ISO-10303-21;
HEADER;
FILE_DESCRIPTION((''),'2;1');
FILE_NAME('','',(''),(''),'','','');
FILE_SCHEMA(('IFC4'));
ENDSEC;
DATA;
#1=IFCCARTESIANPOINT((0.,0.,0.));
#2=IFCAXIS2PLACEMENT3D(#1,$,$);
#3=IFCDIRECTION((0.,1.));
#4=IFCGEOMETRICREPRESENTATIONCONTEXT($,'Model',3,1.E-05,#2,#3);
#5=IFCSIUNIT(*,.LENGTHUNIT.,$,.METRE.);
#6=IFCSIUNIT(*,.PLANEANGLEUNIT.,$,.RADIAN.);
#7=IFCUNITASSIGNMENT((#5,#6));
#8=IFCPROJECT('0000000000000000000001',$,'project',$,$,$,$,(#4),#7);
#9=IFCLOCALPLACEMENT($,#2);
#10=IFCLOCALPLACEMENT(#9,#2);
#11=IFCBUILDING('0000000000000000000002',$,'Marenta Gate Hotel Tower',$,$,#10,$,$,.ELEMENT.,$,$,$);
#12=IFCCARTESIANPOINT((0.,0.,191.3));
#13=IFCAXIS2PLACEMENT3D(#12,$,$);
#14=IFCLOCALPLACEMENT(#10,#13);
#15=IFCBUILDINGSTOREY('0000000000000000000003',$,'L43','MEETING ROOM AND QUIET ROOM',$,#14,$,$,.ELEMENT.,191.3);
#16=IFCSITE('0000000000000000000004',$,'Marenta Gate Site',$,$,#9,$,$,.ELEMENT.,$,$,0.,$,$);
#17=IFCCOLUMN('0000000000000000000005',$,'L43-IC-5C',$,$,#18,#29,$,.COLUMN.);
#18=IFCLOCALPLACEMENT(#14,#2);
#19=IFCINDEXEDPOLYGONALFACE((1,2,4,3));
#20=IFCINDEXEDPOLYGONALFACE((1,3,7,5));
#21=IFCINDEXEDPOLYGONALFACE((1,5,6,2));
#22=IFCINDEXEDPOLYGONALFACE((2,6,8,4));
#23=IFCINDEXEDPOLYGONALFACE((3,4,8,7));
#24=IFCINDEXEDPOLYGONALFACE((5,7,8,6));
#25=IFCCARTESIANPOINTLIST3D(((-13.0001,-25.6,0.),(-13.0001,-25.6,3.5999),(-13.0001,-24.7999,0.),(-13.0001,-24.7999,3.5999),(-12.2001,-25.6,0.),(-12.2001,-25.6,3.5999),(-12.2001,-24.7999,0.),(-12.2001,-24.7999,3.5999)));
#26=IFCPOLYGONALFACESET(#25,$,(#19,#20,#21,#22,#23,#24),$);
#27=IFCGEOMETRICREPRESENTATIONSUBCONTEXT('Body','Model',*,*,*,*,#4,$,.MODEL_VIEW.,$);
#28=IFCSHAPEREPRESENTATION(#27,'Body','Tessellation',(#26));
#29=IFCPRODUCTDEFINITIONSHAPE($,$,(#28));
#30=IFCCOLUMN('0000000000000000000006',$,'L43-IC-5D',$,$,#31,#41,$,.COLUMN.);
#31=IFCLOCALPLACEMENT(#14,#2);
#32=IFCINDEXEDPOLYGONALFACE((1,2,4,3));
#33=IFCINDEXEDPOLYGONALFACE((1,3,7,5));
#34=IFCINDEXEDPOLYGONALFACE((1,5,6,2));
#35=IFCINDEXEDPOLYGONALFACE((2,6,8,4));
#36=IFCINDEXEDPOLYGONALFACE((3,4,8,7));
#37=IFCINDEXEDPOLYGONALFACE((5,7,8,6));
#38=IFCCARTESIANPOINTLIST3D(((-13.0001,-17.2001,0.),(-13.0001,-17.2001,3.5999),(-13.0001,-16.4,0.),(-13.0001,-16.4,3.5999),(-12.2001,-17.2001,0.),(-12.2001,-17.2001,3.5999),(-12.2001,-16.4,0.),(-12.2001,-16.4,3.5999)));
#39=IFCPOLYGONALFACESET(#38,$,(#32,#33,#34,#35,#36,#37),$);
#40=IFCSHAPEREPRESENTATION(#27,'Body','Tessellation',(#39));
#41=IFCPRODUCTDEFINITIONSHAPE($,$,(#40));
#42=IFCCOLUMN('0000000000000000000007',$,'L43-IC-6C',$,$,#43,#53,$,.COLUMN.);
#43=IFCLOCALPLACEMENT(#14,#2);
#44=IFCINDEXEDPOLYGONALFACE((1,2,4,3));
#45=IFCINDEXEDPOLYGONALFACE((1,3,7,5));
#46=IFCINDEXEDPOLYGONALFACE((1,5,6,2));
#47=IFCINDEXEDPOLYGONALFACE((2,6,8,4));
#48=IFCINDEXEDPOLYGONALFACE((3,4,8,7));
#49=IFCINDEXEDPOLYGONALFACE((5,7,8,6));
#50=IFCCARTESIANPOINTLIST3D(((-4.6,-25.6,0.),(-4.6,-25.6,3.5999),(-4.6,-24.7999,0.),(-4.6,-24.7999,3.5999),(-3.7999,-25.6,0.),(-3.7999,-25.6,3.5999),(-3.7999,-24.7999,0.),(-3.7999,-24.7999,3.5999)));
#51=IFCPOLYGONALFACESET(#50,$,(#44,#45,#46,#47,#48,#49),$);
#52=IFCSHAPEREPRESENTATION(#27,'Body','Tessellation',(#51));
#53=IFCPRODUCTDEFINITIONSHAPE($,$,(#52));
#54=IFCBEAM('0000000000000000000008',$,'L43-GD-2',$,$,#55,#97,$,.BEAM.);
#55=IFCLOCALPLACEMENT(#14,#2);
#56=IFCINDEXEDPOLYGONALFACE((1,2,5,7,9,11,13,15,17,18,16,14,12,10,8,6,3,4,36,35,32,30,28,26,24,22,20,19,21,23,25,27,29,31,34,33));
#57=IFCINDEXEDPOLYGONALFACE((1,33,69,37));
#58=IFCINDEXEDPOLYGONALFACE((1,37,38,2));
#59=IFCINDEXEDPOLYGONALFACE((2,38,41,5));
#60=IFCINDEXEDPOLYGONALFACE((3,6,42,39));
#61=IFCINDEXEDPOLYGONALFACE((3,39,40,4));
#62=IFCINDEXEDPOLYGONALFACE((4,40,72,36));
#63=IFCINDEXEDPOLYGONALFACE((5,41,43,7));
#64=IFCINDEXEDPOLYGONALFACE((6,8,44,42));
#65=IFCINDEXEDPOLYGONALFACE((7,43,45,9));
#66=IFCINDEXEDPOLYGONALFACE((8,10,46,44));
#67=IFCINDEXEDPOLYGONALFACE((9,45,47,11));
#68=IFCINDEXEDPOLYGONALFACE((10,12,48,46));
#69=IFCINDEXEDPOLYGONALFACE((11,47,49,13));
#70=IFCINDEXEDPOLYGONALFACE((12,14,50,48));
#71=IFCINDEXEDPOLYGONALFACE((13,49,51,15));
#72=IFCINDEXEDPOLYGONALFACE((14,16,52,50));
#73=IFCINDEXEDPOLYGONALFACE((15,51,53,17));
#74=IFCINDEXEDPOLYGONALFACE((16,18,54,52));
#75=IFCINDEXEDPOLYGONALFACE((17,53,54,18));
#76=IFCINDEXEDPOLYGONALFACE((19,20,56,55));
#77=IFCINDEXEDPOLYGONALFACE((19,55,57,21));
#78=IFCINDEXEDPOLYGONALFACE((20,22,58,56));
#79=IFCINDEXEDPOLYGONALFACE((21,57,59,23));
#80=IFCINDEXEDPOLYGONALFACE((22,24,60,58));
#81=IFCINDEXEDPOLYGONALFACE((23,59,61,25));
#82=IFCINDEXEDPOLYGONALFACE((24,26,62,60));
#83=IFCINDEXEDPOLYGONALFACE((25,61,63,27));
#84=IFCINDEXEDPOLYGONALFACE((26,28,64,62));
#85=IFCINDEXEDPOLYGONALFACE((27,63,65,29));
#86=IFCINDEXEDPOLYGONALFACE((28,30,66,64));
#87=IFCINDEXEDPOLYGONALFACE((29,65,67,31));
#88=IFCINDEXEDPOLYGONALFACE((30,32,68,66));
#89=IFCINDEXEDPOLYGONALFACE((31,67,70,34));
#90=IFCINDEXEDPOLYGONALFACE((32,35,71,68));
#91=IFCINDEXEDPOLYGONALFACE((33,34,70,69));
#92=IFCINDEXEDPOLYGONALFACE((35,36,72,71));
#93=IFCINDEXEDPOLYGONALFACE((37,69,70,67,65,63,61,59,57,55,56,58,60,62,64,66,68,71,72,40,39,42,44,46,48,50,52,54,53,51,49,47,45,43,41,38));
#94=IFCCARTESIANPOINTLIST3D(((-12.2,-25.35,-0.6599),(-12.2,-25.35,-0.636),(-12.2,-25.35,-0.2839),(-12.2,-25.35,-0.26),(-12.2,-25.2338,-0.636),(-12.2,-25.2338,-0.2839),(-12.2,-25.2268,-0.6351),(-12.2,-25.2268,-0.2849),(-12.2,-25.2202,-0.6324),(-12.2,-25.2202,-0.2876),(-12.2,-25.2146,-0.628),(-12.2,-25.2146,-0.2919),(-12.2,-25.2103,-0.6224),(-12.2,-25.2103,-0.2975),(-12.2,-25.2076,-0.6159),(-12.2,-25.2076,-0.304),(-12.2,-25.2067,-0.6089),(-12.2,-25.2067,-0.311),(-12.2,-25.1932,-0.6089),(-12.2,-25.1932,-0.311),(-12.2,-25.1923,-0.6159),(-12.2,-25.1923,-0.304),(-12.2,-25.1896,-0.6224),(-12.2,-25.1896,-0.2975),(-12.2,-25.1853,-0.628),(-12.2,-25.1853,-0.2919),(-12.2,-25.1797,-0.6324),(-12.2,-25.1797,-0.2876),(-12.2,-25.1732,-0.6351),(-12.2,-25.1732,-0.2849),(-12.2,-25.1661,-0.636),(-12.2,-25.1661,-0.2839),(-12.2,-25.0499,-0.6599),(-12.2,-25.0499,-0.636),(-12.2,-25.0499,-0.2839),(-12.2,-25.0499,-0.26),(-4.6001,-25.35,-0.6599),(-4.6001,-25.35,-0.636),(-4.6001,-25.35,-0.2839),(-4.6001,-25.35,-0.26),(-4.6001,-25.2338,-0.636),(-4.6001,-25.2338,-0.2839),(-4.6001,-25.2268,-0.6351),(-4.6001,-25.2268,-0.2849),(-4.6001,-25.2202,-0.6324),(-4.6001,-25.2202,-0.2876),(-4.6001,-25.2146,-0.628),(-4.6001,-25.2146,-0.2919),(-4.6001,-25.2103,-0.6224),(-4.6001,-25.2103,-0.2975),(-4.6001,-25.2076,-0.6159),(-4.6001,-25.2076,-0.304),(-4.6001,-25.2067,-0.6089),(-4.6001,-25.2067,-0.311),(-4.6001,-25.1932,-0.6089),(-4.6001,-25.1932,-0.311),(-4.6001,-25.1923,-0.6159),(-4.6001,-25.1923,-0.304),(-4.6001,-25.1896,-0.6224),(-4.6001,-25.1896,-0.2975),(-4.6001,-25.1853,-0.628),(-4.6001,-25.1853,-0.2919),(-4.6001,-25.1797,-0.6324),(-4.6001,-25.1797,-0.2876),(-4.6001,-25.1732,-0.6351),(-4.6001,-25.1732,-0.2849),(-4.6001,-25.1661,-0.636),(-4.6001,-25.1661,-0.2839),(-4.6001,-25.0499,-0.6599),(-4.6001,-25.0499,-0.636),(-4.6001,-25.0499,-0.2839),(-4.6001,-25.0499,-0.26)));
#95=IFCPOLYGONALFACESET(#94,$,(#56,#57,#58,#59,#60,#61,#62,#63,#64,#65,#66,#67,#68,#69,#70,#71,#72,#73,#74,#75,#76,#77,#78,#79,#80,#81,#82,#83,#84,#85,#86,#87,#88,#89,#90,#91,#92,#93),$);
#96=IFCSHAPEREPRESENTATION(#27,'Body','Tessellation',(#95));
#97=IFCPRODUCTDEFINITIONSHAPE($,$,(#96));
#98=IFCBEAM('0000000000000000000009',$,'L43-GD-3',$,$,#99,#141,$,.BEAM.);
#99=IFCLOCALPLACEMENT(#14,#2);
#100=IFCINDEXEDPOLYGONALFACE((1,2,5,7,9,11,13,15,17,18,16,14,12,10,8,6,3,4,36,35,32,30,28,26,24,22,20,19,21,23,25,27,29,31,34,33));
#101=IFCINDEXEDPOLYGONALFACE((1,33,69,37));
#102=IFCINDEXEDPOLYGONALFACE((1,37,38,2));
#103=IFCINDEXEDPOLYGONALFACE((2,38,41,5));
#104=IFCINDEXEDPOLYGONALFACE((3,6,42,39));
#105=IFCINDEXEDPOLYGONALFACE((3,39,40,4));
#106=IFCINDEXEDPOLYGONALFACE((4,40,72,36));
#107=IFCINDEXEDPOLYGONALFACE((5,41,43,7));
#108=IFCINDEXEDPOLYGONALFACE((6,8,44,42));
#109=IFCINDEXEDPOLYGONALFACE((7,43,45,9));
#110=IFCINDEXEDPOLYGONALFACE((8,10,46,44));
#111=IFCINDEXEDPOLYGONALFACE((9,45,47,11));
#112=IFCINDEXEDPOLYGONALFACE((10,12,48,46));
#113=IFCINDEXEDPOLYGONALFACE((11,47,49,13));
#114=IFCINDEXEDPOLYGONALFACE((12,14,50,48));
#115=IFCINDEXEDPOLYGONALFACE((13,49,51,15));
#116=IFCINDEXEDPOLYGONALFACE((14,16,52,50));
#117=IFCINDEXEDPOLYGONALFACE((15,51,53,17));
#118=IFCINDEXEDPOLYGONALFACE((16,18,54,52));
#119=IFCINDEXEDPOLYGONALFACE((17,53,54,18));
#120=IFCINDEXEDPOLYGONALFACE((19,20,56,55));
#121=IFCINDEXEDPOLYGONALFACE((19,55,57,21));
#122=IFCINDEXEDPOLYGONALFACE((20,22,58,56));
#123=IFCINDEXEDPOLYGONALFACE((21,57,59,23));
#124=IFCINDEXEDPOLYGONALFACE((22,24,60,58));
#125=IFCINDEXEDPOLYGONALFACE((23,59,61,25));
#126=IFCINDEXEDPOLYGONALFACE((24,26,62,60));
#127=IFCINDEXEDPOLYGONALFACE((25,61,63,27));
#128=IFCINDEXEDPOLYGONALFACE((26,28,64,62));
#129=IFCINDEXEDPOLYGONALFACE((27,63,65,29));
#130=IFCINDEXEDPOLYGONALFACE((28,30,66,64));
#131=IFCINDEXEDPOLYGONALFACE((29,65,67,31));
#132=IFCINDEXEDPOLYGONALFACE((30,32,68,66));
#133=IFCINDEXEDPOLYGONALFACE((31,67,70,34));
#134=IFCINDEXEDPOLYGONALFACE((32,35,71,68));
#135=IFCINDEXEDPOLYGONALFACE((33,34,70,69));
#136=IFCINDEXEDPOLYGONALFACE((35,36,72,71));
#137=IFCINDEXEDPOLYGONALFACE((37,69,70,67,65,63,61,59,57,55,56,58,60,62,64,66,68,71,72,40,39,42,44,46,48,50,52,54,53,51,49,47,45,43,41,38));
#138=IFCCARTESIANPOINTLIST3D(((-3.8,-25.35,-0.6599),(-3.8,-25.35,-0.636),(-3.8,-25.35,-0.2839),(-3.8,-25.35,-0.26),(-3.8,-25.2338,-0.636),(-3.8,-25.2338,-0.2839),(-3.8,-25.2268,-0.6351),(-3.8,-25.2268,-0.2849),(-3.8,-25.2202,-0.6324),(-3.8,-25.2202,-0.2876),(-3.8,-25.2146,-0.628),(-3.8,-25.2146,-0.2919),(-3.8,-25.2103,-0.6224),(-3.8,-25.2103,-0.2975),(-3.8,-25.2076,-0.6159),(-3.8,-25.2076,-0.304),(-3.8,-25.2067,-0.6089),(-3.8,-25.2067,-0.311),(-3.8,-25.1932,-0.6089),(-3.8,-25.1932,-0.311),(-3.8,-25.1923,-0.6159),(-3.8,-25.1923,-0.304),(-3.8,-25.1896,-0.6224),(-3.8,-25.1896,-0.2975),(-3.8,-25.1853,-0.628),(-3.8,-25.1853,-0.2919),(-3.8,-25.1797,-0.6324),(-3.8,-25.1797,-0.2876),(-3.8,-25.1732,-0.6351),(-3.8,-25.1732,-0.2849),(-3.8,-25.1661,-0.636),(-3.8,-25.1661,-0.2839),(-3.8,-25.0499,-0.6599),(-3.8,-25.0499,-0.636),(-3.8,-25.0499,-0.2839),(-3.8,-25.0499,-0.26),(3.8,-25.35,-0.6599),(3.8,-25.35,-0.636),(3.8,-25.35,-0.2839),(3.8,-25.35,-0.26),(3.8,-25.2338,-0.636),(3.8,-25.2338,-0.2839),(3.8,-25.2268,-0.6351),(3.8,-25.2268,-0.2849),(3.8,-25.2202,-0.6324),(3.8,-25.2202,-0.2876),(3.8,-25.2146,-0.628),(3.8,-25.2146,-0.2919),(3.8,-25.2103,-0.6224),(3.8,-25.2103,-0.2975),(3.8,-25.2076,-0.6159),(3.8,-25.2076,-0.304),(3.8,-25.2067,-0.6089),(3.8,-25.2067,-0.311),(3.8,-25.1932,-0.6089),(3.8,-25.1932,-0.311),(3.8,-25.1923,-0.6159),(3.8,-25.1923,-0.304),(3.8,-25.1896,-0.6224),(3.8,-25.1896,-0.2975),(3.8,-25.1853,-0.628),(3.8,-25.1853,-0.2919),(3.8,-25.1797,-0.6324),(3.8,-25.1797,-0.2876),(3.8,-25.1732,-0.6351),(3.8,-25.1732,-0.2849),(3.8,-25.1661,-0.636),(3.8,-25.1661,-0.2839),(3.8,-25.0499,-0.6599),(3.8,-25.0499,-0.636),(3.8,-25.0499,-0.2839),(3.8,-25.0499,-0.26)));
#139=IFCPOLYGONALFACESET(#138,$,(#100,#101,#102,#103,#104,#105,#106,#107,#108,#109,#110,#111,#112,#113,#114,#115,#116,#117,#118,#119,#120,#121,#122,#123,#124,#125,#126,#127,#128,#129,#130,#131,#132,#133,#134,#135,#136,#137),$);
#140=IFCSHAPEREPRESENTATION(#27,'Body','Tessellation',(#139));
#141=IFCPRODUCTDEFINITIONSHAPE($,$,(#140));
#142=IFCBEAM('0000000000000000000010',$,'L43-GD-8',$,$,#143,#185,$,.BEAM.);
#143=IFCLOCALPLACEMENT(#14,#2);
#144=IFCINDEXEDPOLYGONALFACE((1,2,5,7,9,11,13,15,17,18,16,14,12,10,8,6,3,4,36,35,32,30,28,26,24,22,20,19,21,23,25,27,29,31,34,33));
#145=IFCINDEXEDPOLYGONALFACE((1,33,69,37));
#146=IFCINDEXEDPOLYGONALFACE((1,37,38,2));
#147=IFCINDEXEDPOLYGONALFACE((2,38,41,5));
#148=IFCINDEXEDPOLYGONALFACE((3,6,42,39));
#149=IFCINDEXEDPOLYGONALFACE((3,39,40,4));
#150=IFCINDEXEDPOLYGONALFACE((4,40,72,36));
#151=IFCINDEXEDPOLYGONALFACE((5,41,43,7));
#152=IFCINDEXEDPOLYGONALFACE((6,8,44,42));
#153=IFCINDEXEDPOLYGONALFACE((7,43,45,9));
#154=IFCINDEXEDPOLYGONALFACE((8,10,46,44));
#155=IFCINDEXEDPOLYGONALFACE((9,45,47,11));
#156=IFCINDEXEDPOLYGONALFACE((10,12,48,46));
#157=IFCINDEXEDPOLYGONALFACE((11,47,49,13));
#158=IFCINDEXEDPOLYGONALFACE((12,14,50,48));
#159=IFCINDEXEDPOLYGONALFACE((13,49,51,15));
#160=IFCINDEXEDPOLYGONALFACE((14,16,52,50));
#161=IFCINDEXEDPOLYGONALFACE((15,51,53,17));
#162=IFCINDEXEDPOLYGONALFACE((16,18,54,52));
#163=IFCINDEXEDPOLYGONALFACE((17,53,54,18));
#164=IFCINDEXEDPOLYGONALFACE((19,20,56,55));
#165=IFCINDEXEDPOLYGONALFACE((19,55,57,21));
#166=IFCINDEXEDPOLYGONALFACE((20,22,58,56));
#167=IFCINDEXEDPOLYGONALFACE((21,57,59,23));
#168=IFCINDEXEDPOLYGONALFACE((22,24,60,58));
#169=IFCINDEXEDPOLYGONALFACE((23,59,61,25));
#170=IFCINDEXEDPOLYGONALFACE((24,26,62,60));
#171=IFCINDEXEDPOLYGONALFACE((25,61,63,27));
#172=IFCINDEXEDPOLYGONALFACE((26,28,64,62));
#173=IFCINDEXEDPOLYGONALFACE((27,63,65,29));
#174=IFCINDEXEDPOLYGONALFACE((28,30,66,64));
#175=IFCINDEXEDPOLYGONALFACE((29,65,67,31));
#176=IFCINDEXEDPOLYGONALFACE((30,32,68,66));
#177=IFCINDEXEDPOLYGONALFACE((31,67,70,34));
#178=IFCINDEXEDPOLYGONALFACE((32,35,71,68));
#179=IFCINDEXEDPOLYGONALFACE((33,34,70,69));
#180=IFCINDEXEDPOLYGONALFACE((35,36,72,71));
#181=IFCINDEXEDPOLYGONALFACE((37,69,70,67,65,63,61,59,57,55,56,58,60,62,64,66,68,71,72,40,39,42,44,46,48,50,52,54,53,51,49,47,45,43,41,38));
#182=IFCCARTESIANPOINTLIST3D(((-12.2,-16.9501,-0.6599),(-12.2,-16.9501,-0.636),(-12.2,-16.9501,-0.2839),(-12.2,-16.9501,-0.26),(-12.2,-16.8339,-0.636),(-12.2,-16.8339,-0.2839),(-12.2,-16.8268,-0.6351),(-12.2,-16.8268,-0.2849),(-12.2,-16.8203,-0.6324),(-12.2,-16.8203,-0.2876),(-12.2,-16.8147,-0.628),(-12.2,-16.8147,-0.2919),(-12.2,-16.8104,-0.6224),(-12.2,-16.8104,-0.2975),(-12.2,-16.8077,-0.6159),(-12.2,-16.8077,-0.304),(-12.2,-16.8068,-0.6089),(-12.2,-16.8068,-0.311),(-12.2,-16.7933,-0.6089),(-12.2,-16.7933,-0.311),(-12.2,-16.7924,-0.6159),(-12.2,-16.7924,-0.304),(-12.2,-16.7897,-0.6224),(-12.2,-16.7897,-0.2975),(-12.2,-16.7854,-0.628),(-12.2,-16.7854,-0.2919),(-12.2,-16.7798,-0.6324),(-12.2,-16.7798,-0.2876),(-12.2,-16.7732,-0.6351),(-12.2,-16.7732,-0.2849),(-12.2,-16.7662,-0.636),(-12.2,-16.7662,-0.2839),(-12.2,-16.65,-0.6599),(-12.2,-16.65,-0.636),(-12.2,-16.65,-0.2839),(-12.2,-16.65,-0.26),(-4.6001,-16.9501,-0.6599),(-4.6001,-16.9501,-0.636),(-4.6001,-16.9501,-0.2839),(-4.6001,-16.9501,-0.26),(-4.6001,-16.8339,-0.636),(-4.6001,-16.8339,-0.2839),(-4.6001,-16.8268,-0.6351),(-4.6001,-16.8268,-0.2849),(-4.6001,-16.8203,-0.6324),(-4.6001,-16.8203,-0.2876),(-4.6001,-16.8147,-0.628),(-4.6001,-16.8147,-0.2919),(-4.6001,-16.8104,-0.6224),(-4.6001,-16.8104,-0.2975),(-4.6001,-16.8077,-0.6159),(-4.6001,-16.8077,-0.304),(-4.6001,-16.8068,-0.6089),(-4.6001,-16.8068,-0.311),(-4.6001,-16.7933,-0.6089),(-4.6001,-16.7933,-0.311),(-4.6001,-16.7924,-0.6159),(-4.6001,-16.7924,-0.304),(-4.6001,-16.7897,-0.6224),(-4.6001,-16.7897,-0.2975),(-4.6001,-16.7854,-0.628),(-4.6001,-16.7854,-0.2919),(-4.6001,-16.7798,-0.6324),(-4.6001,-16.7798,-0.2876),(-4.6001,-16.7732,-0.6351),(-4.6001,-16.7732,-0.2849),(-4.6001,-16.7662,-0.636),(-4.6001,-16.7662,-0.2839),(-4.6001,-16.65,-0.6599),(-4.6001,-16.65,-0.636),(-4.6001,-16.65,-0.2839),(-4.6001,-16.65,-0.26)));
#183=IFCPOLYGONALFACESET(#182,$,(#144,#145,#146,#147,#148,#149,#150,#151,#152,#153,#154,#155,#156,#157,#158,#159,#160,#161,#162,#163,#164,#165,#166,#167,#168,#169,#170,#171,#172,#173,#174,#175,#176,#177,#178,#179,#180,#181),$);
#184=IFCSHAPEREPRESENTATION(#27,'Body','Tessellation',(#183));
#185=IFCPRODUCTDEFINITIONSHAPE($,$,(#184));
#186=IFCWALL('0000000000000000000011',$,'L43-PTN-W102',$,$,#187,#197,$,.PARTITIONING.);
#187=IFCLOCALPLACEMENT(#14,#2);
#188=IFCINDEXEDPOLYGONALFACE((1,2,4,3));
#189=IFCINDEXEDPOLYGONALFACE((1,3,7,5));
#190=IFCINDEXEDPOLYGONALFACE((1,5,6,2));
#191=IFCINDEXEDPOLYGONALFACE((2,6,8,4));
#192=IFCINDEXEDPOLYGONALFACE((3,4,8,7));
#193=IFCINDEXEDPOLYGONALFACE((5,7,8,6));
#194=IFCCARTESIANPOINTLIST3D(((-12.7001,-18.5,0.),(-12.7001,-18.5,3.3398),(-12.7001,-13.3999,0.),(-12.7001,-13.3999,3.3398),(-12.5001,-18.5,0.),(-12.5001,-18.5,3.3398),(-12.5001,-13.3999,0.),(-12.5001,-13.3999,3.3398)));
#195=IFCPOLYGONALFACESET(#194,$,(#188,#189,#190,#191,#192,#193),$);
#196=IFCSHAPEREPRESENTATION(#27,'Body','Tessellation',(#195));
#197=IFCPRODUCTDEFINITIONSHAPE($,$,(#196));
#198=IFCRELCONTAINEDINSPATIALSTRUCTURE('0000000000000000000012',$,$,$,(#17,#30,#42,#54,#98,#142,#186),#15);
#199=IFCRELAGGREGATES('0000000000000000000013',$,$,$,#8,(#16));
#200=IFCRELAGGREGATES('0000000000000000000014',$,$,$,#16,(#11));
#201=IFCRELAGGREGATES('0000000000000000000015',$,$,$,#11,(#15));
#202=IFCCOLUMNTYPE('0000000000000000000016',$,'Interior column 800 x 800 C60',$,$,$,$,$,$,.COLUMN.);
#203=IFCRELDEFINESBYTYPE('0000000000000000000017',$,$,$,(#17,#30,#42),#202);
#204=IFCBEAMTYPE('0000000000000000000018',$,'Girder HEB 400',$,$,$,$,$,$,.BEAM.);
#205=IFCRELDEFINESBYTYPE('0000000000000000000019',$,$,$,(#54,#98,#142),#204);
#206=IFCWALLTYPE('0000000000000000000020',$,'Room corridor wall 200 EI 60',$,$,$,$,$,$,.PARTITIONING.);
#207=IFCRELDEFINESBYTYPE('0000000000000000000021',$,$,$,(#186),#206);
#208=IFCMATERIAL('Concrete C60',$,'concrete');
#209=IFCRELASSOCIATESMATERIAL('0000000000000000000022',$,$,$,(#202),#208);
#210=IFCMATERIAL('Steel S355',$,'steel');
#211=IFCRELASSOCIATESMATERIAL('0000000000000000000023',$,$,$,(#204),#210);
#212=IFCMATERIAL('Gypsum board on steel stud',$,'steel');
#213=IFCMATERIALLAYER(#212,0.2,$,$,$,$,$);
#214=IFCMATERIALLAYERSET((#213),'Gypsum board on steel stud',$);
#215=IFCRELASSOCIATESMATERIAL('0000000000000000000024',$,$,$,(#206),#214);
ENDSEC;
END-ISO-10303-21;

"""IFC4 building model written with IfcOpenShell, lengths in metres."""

from ifc_helpers import new_model, si_unit, direction, frame, frame_2d, origin, origin_2d, place, context, subcontext, project, spatial, rectangle, i_section, extrude, material, layer, layer_set, material_profile, profile_set, type_object, element, save


model = new_model("IFC4")

# Units and contexts
model_context = context("Model", 3, precision=1e-05, world=origin(), true_north=direction((0.0, 1.0)))
body_context = subcontext(model_context, "Body", "Model", "MODEL_VIEW")
ifc_project = project(units=[si_unit("LENGTHUNIT", "METRE"), si_unit("PLANEANGLEUNIT", "RADIAN")], contexts=[model_context])

# Site, building, storey
site_placement = place(None, origin())
site = spatial("IfcSite", under=ifc_project, at=site_placement, Name="Marenta Gate Site", CompositionType="ELEMENT", RefElevation=0.0)
building_placement = place(site_placement, origin())
building = spatial("IfcBuilding", under=site, at=building_placement, Name="Marenta Gate Hotel Tower", CompositionType="ELEMENT")
storey_placement = place(building_placement, frame((0.0, 0.0, 191.3)))
storey = spatial("IfcBuildingStorey", under=building, at=storey_placement, Name="L43", Description="MEETING ROOM AND QUIET ROOM", CompositionType="ELEMENT", Elevation=191.3)

# Columns
ifc_material_1 = material(Name="Concrete C60", Category="concrete")
ifc_material_profile_1 = material_profile(ifc_material_1, rectangle(XDim=0.8, YDim=0.8, at=origin_2d()), Name="800 x 800")
ifc_profile_set_1 = profile_set([ifc_material_profile_1], Name="Concrete C60")
column_type = type_object("IfcColumnType", Name="Interior column 800 x 800 C60", PredefinedType="COLUMN", material=ifc_profile_set_1)
for number, where, z_axis, x_axis, name in (
    (1, (-12.6001, -25.2, 0.0), (0.0, 0.0, 1.0), (1.0, 0.0, 0.0), "L43-IC-5C"),
    (2, (-12.6001, -16.8, 0.0), (0.0, 0.0, 1.0), (1.0, 0.0, 0.0), "L43-IC-5D"),
    (3, (-4.2, -25.2, 0.0), (0.0, 0.0, 1.0), (1.0, 0.0, 0.0), "L43-IC-6C"),
):
    element("IfcColumn", number, at=place(storey_placement, frame(where, z_axis=z_axis, x_axis=x_axis)), inside=storey, type_object=column_type, Name=name, PredefinedType="COLUMN", context=body_context, shape_type="SweptSolid", body=[
        extrude(rectangle(XDim=0.8, YDim=0.8, at=origin_2d()), origin(), (0.0, 0.0, 1.0), 3.5999),
    ])

# Beams
ifc_material_2 = material(Name="Steel S355", Category="steel")
ifc_material_profile_2 = material_profile(ifc_material_2, i_section(OverallWidth=0.3, OverallDepth=0.3999, WebThickness=0.0134, FlangeThickness=0.0239, FilletRadius=0.0271, at=origin_2d()), Name="HEB 400")
ifc_profile_set_2 = profile_set([ifc_material_profile_2], Name="Steel S355")
beam_type = type_object("IfcBeamType", Name="Girder HEB 400", PredefinedType="BEAM", material=ifc_profile_set_2)
beam_1_placement = place(storey_placement, frame((-12.2, -25.2, -0.46), z_axis=(1.0, 0.0, 0.0), x_axis=(0.0, 1.0, 0.0)))
element("IfcBeam", 4, at=beam_1_placement, inside=storey, type_object=beam_type, Name="L43-GD-2", PredefinedType="BEAM", context=body_context, shape_type="SweptSolid", body=[
    extrude(i_section(OverallWidth=0.3, OverallDepth=0.3999, WebThickness=0.0134, FlangeThickness=0.0239, FilletRadius=0.0271, at=origin_2d()), origin(), (0.0, 0.0, 1.0), 7.5999),
])
beam_2_placement = place(storey_placement, frame((-3.8, -25.2, -0.46), z_axis=(1.0, 0.0, 0.0), x_axis=(0.0, 1.0, 0.0)))
element("IfcBeam", 5, at=beam_2_placement, inside=storey, type_object=beam_type, Name="L43-GD-3", PredefinedType="BEAM", context=body_context, shape_type="SweptSolid", body=[
    extrude(i_section(OverallWidth=0.3, OverallDepth=0.3999, WebThickness=0.0134, FlangeThickness=0.0239, FilletRadius=0.0271, at=origin_2d()), origin(), (0.0, 0.0, 1.0), 7.6001),
])
beam_3_placement = place(storey_placement, frame((-12.2, -16.8, -0.46), z_axis=(1.0, 0.0, 0.0), x_axis=(0.0, 1.0, 0.0)))
element("IfcBeam", 6, at=beam_3_placement, inside=storey, type_object=beam_type, Name="L43-GD-8", PredefinedType="BEAM", context=body_context, shape_type="SweptSolid", body=[
    extrude(i_section(OverallWidth=0.3, OverallDepth=0.3999, WebThickness=0.0134, FlangeThickness=0.0239, FilletRadius=0.0271, at=origin_2d()), origin(), (0.0, 0.0, 1.0), 7.5999),
])

# Shared definitions
ifc_material_3 = material(Name="Gypsum board on steel stud", Category="steel")
ifc_layer_1 = layer(ifc_material_3, 0.2)
ifc_layer_set_1 = layer_set([ifc_layer_1], Name="Gypsum board on steel stud")
wall_type_1 = type_object("IfcWallType", Name="Room corridor wall 200 EI 60", PredefinedType="PARTITIONING", material=ifc_layer_set_1)

# Wall
wall_1_placement = place(storey_placement, frame((-12.6001, -18.5, 0.0), z_axis=(0.0, 0.0, 1.0), x_axis=(0.0, 1.0, 0.0)))
element("IfcWall", 7, at=wall_1_placement, inside=storey, type_object=wall_type_1, Name="L43-PTN-W102", PredefinedType="PARTITIONING", context=body_context, shape_type="SweptSolid", body=[
    extrude(rectangle(XDim=5.1001, YDim=0.2, at=frame_2d((2.55, 0.0))), origin(), (0.0, 0.0, 1.0), 3.3398),
])

save(model, "model.ifc")
